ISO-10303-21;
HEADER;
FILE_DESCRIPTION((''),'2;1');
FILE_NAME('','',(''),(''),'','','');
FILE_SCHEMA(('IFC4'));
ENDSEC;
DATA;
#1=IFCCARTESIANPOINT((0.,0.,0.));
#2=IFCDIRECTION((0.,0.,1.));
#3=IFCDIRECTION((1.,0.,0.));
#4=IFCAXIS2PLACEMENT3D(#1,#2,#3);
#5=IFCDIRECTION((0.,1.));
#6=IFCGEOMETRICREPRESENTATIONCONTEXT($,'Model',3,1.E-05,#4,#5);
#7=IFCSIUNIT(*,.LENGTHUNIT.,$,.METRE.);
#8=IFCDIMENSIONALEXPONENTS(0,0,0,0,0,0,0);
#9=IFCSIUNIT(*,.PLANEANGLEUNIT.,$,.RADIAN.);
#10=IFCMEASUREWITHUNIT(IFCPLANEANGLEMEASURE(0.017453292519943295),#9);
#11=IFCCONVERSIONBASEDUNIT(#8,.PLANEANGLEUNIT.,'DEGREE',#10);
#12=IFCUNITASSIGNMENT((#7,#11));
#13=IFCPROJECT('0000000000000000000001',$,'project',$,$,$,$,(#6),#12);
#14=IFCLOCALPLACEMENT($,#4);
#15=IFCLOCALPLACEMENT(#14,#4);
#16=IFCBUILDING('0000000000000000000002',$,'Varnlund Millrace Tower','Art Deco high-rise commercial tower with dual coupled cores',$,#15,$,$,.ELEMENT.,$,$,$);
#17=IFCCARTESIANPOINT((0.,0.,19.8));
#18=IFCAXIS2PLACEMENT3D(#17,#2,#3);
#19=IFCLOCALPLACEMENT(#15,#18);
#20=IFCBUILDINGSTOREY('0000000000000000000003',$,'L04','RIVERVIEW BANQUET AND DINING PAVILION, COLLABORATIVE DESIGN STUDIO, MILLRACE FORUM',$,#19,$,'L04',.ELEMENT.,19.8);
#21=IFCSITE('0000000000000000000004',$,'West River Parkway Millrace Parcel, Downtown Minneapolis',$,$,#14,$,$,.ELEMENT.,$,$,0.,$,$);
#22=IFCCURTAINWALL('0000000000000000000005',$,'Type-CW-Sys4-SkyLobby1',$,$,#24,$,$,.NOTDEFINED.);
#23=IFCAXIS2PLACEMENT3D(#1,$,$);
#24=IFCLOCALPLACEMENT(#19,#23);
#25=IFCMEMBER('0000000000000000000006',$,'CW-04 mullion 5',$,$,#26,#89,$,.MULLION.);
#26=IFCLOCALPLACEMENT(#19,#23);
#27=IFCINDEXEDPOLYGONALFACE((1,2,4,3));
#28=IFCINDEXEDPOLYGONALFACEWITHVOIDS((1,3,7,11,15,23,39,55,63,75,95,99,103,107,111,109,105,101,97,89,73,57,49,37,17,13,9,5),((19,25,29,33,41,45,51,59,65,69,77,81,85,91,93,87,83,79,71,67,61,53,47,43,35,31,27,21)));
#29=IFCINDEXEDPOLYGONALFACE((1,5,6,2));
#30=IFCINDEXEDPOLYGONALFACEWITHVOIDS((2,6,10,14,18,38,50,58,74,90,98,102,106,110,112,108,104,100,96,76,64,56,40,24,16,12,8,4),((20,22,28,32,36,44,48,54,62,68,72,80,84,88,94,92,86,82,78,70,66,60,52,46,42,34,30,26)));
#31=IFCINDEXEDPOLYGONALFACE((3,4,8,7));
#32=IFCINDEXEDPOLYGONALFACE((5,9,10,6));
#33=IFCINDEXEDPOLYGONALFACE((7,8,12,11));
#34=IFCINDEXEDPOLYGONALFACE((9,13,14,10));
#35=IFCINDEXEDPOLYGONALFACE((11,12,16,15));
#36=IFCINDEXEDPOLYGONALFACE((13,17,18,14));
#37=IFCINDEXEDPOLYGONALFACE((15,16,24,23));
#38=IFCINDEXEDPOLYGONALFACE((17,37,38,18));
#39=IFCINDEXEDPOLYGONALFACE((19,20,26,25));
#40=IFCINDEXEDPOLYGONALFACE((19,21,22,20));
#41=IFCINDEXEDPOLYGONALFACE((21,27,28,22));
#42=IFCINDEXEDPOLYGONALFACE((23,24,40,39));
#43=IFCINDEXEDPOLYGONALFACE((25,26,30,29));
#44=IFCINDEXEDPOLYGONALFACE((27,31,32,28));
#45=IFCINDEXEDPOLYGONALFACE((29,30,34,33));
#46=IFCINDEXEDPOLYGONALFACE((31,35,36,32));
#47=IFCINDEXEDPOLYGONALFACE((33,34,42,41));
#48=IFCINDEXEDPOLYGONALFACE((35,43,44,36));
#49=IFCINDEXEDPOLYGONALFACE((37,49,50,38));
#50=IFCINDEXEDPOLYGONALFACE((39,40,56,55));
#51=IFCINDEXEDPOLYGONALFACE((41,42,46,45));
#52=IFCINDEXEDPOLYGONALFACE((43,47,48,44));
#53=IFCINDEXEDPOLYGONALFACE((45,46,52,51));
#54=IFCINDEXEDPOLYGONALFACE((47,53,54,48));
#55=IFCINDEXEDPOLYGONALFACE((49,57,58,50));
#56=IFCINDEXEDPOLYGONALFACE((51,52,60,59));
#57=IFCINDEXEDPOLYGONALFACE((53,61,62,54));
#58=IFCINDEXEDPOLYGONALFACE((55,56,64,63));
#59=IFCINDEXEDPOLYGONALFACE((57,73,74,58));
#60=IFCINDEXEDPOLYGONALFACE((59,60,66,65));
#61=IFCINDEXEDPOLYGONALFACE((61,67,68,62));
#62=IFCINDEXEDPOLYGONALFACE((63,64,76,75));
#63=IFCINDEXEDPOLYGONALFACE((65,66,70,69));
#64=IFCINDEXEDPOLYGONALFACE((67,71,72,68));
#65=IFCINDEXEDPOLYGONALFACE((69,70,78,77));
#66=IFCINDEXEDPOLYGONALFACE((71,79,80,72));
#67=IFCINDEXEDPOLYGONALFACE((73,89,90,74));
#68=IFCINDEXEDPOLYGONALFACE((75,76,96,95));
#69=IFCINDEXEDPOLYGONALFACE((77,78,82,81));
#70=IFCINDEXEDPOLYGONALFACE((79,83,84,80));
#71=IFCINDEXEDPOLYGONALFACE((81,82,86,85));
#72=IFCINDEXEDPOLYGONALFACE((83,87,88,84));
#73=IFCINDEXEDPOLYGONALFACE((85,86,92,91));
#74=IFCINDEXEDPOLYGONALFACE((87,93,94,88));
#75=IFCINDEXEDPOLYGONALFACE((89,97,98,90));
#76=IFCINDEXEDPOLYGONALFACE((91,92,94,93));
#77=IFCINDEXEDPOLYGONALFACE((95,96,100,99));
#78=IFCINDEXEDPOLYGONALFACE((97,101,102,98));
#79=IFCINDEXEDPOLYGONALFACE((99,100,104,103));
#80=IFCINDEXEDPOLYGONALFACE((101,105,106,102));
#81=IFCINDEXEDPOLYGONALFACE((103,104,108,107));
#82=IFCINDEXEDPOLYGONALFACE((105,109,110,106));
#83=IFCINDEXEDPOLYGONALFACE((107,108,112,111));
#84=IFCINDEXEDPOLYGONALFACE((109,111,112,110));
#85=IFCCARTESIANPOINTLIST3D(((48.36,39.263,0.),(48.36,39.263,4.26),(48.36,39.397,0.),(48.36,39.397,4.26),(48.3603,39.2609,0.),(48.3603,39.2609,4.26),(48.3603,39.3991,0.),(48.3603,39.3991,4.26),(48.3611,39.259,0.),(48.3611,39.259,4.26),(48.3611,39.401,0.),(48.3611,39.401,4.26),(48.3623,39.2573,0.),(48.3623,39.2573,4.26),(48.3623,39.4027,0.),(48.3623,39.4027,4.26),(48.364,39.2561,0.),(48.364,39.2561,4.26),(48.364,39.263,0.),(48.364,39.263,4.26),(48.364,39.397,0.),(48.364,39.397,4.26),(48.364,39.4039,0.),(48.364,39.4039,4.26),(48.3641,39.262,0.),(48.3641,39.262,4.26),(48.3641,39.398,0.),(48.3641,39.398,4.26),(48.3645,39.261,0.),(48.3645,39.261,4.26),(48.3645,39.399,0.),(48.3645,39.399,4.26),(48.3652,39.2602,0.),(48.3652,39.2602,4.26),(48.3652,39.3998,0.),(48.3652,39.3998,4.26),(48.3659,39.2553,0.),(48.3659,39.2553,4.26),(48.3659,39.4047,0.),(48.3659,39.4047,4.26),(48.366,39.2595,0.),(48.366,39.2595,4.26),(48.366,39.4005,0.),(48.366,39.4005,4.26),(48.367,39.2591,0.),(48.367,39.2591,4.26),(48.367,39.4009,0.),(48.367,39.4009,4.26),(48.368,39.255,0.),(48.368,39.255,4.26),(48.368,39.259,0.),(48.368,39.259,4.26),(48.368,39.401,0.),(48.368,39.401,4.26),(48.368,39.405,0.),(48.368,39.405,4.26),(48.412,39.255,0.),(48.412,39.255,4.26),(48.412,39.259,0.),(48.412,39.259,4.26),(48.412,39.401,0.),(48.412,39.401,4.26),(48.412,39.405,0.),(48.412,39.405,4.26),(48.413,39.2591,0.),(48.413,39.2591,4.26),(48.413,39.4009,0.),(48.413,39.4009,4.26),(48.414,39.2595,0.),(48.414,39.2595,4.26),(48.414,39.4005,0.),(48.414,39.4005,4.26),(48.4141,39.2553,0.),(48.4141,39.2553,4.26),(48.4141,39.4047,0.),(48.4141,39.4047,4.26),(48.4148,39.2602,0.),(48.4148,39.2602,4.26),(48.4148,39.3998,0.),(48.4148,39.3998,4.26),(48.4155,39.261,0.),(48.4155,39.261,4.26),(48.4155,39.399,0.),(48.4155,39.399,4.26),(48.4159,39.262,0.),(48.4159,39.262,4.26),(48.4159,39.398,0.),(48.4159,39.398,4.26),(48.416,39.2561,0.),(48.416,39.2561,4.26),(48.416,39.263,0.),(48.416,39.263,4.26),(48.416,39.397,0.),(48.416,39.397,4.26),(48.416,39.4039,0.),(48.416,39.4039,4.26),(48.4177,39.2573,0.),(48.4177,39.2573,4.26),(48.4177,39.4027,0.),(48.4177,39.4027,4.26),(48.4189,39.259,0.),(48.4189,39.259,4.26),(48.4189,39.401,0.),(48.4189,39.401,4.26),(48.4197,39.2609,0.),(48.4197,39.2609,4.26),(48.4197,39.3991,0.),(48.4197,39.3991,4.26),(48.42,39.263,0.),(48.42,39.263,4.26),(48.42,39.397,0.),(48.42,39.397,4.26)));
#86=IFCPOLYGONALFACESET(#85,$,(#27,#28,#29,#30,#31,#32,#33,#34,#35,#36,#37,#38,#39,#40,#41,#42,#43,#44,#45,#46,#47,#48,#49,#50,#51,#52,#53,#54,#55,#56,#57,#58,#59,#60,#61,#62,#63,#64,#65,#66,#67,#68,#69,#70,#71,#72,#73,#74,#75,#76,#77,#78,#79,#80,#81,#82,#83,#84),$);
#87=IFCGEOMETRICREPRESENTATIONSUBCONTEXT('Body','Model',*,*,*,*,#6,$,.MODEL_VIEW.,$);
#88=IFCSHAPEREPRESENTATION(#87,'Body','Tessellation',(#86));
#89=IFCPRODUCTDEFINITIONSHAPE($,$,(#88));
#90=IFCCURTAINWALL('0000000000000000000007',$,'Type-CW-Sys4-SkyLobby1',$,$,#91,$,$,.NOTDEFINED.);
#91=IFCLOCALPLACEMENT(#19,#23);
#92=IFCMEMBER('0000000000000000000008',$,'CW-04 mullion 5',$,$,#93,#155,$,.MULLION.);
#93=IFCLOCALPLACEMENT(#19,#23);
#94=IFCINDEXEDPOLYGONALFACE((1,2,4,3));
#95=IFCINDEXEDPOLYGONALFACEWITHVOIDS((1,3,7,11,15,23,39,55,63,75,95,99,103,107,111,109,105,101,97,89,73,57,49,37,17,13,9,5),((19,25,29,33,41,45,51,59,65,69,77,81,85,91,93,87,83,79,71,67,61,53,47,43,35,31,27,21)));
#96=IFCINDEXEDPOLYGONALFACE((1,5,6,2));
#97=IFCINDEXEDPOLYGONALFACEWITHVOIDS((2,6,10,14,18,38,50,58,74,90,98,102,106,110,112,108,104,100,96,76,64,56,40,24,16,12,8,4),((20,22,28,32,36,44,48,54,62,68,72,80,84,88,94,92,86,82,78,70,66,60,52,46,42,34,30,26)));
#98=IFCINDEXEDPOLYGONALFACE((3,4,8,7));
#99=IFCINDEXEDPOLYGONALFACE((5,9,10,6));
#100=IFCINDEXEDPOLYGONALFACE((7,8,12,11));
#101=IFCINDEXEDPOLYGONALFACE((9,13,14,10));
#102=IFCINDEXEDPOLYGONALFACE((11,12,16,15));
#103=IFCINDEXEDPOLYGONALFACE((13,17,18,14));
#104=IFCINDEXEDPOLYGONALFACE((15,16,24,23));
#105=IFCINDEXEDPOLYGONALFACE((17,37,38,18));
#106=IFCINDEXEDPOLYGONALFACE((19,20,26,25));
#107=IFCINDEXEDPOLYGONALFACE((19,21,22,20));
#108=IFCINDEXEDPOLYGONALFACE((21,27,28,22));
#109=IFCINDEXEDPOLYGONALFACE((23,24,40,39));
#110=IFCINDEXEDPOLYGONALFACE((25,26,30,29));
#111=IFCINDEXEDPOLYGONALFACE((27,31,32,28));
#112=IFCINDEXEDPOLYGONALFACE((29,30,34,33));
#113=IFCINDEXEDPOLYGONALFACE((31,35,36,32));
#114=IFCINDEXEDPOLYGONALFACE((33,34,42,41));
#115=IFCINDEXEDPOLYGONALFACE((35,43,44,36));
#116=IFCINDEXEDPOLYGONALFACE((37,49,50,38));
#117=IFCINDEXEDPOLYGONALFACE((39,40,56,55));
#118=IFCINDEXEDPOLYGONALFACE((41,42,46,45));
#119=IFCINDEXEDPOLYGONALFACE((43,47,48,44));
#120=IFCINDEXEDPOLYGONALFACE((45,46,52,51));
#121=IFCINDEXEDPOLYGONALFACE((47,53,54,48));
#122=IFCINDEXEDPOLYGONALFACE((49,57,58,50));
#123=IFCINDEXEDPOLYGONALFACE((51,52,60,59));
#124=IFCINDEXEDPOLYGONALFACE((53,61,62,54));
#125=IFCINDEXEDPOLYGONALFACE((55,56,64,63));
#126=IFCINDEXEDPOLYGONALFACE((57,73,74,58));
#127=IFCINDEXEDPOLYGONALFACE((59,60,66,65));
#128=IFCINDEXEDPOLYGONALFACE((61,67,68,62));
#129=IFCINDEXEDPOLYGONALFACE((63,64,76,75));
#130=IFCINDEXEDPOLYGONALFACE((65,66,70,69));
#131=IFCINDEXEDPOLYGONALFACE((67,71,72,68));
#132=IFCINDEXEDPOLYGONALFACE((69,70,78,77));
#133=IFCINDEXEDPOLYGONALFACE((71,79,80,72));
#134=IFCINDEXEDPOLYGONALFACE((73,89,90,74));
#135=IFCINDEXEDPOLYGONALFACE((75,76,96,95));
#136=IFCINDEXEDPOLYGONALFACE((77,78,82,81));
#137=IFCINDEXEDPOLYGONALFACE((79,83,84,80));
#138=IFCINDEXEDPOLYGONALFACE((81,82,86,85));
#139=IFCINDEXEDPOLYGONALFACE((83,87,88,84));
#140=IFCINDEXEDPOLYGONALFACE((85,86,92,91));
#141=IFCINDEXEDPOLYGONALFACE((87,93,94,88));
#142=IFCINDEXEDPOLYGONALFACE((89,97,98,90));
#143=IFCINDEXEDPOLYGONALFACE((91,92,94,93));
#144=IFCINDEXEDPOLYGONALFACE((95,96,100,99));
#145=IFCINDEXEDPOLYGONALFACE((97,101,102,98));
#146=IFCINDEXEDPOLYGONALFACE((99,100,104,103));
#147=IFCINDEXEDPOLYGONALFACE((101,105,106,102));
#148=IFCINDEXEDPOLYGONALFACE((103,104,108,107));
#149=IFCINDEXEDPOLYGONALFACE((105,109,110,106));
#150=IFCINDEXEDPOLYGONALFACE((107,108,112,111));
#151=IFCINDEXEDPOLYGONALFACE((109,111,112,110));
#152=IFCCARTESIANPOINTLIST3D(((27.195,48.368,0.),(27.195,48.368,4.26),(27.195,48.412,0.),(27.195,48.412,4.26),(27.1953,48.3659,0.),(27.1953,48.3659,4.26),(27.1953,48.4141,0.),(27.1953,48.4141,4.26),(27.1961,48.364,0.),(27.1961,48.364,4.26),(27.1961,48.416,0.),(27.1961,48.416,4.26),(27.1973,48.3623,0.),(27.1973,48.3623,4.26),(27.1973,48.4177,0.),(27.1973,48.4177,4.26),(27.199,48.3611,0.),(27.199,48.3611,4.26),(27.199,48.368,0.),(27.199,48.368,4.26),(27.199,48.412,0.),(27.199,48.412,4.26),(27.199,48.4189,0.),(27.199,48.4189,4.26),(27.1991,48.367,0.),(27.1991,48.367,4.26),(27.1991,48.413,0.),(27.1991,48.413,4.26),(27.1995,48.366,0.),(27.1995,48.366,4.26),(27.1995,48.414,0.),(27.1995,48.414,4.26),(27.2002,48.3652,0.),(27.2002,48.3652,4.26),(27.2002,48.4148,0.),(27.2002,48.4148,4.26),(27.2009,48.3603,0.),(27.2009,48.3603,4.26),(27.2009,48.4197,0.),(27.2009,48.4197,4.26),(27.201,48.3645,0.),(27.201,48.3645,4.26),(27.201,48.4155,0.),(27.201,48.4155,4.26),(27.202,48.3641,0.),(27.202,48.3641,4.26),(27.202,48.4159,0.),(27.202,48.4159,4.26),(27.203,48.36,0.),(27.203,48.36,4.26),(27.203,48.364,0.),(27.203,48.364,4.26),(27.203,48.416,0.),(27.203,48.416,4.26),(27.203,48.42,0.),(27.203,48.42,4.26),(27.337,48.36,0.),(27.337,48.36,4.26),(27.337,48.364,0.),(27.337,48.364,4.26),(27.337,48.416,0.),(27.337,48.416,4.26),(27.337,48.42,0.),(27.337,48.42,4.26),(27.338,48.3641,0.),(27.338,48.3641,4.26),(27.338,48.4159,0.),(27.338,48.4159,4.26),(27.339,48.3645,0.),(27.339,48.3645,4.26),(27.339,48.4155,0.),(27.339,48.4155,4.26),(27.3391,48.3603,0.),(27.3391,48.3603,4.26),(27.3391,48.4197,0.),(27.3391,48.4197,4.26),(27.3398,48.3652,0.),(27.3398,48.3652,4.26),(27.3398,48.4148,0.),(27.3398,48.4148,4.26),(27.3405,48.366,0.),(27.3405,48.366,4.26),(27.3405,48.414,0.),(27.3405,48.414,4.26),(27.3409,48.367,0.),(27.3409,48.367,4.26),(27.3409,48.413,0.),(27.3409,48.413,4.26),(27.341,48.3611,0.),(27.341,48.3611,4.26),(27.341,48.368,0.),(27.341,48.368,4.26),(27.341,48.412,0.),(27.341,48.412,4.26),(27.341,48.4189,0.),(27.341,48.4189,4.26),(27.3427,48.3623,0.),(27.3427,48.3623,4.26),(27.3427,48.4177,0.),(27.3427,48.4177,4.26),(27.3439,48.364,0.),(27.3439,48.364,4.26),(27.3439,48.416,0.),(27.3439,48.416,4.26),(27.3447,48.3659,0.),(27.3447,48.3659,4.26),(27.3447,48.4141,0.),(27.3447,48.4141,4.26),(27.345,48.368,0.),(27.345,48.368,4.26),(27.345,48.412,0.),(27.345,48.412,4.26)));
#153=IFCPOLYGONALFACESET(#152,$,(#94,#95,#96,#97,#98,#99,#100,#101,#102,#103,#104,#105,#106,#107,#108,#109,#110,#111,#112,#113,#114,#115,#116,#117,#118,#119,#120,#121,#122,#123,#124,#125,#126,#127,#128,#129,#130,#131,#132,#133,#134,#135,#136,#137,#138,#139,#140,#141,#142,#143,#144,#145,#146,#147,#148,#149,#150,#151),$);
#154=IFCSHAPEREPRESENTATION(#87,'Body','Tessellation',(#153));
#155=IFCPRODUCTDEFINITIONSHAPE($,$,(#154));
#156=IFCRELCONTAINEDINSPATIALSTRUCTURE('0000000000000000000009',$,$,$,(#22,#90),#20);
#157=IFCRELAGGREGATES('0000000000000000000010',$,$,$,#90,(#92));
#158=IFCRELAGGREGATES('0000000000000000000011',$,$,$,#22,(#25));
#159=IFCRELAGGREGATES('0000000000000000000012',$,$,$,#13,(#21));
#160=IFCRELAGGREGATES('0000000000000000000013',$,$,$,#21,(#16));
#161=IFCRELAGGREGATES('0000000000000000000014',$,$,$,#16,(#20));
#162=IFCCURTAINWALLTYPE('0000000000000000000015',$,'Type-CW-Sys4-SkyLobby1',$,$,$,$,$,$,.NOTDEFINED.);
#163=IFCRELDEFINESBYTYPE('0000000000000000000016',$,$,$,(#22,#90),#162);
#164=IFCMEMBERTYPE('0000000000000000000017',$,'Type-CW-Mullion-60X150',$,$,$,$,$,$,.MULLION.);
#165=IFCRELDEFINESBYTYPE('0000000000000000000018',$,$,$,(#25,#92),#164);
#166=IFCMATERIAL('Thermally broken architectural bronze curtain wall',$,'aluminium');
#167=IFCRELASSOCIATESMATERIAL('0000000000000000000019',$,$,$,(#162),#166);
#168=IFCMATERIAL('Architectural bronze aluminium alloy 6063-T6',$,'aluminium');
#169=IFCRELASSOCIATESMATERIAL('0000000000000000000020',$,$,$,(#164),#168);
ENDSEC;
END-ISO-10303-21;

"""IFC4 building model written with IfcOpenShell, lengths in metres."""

from ifc_helpers import new_model, entity, si_unit, converted_unit, direction, frame, origin_with_axes, origin_2d_with_axis, place, context, subcontext, project, spatial, hollow_rectangle, extrude, material, material_profile, profile_set, type_object, element, aggregate, save


model = new_model("IFC4")

# Units and contexts
model_context = context("Model", 3, precision=1e-05, world=origin_with_axes(), true_north=direction((0.0, 1.0)))
body_context = subcontext(model_context, "Body", "Model", "MODEL_VIEW")
ifc_project = project(units=[si_unit("LENGTHUNIT", "METRE"), converted_unit("PLANEANGLEUNIT", "DEGREE", entity("IfcPlaneAngleMeasure", 0.017453292519943295), si_unit("PLANEANGLEUNIT", "RADIAN"), dimensions=[0, 0, 0, 0, 0, 0, 0])], contexts=[model_context])

# Site, building, storey
site_placement = place(None, origin_with_axes())
site = spatial("IfcSite", under=ifc_project, at=site_placement, Name="West River Parkway Millrace Parcel, Downtown Minneapolis", CompositionType="ELEMENT", RefElevation=0.0)
building_placement = place(site_placement, origin_with_axes())
building = spatial("IfcBuilding", under=site, at=building_placement, Name="Varnlund Millrace Tower", Description="Art Deco high-rise commercial tower with dual coupled cores", CompositionType="ELEMENT")
storey_placement = place(building_placement, frame((0.0, 0.0, 19.8), z_axis=(0.0, 0.0, 1.0), x_axis=(1.0, 0.0, 0.0)))
storey = spatial("IfcBuildingStorey", under=building, at=storey_placement, Name="L04", Description="RIVERVIEW BANQUET AND DINING PAVILION, COLLABORATIVE DESIGN STUDIO, MILLRACE FORUM", LongName="L04", CompositionType="ELEMENT", Elevation=19.8)

# Curtain wall, member
ifc_material_1 = material(Name="Thermally broken architectural bronze curtain wall", Category="aluminium")
curtain_wall_type = type_object("IfcCurtainWallType", Name="Type-CW-Sys4-SkyLobby1", PredefinedType="NOTDEFINED", material=ifc_material_1)
curtain_wall_1_placement = place(storey_placement, frame((48.39, 45.3, 0.0), z_axis=(0.0, 0.0, 1.0), x_axis=(1.0, 0.0, 0.0)))
curtain_wall_1 = element("IfcCurtainWall", 1, at=curtain_wall_1_placement, inside=storey, type_object=curtain_wall_type, Name="Type-CW-Sys4-SkyLobby1", PredefinedType="NOTDEFINED")
ifc_material_2 = material(Name="Architectural bronze aluminium alloy 6063-T6", Category="aluminium")
ifc_material_profile_1 = material_profile(ifc_material_2, hollow_rectangle(XDim=0.06, YDim=0.15, WallThickness=0.004, InnerFilletRadius=0.004, OuterFilletRadius=0.008, at=origin_2d_with_axis()), Name="Architectural bronze aluminium alloy 6063-T6")
ifc_profile_set_1 = profile_set([ifc_material_profile_1], Name="Architectural bronze aluminium alloy 6063-T6")
member_type_1 = type_object("IfcMemberType", Name="Type-CW-Mullion-60X150", PredefinedType="MULLION", material=ifc_profile_set_1)
member_1_placement = place(storey_placement, frame((48.39, 39.33, 0.0), z_axis=(0.0, 0.0, 1.0), x_axis=(1.0, 0.0, 0.0)))
member_1 = element("IfcMember", 2, at=member_1_placement, type_object=member_type_1, Name="CW-04 mullion 5", PredefinedType="MULLION", context=body_context, shape_type="SweptSolid", body=[
    extrude(hollow_rectangle(XDim=0.06, YDim=0.15, WallThickness=0.004, InnerFilletRadius=0.004, OuterFilletRadius=0.008, at=origin_2d_with_axis()), origin_with_axes(), (0.0, 0.0, 1.0), 4.26),
])

# Curtain wall, member
curtain_wall_2_placement = place(storey_placement, frame((21.3, 48.39, 0.0), z_axis=(0.0, 0.0, 1.0), x_axis=(1.0, 0.0, 0.0)))
curtain_wall_2 = element("IfcCurtainWall", 3, at=curtain_wall_2_placement, inside=storey, type_object=curtain_wall_type, Name="Type-CW-Sys4-SkyLobby1", PredefinedType="NOTDEFINED")
member_2_placement = place(storey_placement, frame((27.27, 48.39, 0.0), z_axis=(0.0, 0.0, 1.0), x_axis=(0.0, 1.0, 0.0)))
member_2 = element("IfcMember", 4, at=member_2_placement, type_object=member_type_1, Name="CW-04 mullion 5", PredefinedType="MULLION", context=body_context, shape_type="SweptSolid", body=[
    extrude(hollow_rectangle(XDim=0.06, YDim=0.15, WallThickness=0.004, InnerFilletRadius=0.004, OuterFilletRadius=0.008, at=origin_2d_with_axis()), origin_with_axes(), (0.0, 0.0, 1.0), 4.26),
])
aggregate(curtain_wall_2, [member_2])

aggregate(curtain_wall_1, [member_1])

save(model, "model.ifc")
